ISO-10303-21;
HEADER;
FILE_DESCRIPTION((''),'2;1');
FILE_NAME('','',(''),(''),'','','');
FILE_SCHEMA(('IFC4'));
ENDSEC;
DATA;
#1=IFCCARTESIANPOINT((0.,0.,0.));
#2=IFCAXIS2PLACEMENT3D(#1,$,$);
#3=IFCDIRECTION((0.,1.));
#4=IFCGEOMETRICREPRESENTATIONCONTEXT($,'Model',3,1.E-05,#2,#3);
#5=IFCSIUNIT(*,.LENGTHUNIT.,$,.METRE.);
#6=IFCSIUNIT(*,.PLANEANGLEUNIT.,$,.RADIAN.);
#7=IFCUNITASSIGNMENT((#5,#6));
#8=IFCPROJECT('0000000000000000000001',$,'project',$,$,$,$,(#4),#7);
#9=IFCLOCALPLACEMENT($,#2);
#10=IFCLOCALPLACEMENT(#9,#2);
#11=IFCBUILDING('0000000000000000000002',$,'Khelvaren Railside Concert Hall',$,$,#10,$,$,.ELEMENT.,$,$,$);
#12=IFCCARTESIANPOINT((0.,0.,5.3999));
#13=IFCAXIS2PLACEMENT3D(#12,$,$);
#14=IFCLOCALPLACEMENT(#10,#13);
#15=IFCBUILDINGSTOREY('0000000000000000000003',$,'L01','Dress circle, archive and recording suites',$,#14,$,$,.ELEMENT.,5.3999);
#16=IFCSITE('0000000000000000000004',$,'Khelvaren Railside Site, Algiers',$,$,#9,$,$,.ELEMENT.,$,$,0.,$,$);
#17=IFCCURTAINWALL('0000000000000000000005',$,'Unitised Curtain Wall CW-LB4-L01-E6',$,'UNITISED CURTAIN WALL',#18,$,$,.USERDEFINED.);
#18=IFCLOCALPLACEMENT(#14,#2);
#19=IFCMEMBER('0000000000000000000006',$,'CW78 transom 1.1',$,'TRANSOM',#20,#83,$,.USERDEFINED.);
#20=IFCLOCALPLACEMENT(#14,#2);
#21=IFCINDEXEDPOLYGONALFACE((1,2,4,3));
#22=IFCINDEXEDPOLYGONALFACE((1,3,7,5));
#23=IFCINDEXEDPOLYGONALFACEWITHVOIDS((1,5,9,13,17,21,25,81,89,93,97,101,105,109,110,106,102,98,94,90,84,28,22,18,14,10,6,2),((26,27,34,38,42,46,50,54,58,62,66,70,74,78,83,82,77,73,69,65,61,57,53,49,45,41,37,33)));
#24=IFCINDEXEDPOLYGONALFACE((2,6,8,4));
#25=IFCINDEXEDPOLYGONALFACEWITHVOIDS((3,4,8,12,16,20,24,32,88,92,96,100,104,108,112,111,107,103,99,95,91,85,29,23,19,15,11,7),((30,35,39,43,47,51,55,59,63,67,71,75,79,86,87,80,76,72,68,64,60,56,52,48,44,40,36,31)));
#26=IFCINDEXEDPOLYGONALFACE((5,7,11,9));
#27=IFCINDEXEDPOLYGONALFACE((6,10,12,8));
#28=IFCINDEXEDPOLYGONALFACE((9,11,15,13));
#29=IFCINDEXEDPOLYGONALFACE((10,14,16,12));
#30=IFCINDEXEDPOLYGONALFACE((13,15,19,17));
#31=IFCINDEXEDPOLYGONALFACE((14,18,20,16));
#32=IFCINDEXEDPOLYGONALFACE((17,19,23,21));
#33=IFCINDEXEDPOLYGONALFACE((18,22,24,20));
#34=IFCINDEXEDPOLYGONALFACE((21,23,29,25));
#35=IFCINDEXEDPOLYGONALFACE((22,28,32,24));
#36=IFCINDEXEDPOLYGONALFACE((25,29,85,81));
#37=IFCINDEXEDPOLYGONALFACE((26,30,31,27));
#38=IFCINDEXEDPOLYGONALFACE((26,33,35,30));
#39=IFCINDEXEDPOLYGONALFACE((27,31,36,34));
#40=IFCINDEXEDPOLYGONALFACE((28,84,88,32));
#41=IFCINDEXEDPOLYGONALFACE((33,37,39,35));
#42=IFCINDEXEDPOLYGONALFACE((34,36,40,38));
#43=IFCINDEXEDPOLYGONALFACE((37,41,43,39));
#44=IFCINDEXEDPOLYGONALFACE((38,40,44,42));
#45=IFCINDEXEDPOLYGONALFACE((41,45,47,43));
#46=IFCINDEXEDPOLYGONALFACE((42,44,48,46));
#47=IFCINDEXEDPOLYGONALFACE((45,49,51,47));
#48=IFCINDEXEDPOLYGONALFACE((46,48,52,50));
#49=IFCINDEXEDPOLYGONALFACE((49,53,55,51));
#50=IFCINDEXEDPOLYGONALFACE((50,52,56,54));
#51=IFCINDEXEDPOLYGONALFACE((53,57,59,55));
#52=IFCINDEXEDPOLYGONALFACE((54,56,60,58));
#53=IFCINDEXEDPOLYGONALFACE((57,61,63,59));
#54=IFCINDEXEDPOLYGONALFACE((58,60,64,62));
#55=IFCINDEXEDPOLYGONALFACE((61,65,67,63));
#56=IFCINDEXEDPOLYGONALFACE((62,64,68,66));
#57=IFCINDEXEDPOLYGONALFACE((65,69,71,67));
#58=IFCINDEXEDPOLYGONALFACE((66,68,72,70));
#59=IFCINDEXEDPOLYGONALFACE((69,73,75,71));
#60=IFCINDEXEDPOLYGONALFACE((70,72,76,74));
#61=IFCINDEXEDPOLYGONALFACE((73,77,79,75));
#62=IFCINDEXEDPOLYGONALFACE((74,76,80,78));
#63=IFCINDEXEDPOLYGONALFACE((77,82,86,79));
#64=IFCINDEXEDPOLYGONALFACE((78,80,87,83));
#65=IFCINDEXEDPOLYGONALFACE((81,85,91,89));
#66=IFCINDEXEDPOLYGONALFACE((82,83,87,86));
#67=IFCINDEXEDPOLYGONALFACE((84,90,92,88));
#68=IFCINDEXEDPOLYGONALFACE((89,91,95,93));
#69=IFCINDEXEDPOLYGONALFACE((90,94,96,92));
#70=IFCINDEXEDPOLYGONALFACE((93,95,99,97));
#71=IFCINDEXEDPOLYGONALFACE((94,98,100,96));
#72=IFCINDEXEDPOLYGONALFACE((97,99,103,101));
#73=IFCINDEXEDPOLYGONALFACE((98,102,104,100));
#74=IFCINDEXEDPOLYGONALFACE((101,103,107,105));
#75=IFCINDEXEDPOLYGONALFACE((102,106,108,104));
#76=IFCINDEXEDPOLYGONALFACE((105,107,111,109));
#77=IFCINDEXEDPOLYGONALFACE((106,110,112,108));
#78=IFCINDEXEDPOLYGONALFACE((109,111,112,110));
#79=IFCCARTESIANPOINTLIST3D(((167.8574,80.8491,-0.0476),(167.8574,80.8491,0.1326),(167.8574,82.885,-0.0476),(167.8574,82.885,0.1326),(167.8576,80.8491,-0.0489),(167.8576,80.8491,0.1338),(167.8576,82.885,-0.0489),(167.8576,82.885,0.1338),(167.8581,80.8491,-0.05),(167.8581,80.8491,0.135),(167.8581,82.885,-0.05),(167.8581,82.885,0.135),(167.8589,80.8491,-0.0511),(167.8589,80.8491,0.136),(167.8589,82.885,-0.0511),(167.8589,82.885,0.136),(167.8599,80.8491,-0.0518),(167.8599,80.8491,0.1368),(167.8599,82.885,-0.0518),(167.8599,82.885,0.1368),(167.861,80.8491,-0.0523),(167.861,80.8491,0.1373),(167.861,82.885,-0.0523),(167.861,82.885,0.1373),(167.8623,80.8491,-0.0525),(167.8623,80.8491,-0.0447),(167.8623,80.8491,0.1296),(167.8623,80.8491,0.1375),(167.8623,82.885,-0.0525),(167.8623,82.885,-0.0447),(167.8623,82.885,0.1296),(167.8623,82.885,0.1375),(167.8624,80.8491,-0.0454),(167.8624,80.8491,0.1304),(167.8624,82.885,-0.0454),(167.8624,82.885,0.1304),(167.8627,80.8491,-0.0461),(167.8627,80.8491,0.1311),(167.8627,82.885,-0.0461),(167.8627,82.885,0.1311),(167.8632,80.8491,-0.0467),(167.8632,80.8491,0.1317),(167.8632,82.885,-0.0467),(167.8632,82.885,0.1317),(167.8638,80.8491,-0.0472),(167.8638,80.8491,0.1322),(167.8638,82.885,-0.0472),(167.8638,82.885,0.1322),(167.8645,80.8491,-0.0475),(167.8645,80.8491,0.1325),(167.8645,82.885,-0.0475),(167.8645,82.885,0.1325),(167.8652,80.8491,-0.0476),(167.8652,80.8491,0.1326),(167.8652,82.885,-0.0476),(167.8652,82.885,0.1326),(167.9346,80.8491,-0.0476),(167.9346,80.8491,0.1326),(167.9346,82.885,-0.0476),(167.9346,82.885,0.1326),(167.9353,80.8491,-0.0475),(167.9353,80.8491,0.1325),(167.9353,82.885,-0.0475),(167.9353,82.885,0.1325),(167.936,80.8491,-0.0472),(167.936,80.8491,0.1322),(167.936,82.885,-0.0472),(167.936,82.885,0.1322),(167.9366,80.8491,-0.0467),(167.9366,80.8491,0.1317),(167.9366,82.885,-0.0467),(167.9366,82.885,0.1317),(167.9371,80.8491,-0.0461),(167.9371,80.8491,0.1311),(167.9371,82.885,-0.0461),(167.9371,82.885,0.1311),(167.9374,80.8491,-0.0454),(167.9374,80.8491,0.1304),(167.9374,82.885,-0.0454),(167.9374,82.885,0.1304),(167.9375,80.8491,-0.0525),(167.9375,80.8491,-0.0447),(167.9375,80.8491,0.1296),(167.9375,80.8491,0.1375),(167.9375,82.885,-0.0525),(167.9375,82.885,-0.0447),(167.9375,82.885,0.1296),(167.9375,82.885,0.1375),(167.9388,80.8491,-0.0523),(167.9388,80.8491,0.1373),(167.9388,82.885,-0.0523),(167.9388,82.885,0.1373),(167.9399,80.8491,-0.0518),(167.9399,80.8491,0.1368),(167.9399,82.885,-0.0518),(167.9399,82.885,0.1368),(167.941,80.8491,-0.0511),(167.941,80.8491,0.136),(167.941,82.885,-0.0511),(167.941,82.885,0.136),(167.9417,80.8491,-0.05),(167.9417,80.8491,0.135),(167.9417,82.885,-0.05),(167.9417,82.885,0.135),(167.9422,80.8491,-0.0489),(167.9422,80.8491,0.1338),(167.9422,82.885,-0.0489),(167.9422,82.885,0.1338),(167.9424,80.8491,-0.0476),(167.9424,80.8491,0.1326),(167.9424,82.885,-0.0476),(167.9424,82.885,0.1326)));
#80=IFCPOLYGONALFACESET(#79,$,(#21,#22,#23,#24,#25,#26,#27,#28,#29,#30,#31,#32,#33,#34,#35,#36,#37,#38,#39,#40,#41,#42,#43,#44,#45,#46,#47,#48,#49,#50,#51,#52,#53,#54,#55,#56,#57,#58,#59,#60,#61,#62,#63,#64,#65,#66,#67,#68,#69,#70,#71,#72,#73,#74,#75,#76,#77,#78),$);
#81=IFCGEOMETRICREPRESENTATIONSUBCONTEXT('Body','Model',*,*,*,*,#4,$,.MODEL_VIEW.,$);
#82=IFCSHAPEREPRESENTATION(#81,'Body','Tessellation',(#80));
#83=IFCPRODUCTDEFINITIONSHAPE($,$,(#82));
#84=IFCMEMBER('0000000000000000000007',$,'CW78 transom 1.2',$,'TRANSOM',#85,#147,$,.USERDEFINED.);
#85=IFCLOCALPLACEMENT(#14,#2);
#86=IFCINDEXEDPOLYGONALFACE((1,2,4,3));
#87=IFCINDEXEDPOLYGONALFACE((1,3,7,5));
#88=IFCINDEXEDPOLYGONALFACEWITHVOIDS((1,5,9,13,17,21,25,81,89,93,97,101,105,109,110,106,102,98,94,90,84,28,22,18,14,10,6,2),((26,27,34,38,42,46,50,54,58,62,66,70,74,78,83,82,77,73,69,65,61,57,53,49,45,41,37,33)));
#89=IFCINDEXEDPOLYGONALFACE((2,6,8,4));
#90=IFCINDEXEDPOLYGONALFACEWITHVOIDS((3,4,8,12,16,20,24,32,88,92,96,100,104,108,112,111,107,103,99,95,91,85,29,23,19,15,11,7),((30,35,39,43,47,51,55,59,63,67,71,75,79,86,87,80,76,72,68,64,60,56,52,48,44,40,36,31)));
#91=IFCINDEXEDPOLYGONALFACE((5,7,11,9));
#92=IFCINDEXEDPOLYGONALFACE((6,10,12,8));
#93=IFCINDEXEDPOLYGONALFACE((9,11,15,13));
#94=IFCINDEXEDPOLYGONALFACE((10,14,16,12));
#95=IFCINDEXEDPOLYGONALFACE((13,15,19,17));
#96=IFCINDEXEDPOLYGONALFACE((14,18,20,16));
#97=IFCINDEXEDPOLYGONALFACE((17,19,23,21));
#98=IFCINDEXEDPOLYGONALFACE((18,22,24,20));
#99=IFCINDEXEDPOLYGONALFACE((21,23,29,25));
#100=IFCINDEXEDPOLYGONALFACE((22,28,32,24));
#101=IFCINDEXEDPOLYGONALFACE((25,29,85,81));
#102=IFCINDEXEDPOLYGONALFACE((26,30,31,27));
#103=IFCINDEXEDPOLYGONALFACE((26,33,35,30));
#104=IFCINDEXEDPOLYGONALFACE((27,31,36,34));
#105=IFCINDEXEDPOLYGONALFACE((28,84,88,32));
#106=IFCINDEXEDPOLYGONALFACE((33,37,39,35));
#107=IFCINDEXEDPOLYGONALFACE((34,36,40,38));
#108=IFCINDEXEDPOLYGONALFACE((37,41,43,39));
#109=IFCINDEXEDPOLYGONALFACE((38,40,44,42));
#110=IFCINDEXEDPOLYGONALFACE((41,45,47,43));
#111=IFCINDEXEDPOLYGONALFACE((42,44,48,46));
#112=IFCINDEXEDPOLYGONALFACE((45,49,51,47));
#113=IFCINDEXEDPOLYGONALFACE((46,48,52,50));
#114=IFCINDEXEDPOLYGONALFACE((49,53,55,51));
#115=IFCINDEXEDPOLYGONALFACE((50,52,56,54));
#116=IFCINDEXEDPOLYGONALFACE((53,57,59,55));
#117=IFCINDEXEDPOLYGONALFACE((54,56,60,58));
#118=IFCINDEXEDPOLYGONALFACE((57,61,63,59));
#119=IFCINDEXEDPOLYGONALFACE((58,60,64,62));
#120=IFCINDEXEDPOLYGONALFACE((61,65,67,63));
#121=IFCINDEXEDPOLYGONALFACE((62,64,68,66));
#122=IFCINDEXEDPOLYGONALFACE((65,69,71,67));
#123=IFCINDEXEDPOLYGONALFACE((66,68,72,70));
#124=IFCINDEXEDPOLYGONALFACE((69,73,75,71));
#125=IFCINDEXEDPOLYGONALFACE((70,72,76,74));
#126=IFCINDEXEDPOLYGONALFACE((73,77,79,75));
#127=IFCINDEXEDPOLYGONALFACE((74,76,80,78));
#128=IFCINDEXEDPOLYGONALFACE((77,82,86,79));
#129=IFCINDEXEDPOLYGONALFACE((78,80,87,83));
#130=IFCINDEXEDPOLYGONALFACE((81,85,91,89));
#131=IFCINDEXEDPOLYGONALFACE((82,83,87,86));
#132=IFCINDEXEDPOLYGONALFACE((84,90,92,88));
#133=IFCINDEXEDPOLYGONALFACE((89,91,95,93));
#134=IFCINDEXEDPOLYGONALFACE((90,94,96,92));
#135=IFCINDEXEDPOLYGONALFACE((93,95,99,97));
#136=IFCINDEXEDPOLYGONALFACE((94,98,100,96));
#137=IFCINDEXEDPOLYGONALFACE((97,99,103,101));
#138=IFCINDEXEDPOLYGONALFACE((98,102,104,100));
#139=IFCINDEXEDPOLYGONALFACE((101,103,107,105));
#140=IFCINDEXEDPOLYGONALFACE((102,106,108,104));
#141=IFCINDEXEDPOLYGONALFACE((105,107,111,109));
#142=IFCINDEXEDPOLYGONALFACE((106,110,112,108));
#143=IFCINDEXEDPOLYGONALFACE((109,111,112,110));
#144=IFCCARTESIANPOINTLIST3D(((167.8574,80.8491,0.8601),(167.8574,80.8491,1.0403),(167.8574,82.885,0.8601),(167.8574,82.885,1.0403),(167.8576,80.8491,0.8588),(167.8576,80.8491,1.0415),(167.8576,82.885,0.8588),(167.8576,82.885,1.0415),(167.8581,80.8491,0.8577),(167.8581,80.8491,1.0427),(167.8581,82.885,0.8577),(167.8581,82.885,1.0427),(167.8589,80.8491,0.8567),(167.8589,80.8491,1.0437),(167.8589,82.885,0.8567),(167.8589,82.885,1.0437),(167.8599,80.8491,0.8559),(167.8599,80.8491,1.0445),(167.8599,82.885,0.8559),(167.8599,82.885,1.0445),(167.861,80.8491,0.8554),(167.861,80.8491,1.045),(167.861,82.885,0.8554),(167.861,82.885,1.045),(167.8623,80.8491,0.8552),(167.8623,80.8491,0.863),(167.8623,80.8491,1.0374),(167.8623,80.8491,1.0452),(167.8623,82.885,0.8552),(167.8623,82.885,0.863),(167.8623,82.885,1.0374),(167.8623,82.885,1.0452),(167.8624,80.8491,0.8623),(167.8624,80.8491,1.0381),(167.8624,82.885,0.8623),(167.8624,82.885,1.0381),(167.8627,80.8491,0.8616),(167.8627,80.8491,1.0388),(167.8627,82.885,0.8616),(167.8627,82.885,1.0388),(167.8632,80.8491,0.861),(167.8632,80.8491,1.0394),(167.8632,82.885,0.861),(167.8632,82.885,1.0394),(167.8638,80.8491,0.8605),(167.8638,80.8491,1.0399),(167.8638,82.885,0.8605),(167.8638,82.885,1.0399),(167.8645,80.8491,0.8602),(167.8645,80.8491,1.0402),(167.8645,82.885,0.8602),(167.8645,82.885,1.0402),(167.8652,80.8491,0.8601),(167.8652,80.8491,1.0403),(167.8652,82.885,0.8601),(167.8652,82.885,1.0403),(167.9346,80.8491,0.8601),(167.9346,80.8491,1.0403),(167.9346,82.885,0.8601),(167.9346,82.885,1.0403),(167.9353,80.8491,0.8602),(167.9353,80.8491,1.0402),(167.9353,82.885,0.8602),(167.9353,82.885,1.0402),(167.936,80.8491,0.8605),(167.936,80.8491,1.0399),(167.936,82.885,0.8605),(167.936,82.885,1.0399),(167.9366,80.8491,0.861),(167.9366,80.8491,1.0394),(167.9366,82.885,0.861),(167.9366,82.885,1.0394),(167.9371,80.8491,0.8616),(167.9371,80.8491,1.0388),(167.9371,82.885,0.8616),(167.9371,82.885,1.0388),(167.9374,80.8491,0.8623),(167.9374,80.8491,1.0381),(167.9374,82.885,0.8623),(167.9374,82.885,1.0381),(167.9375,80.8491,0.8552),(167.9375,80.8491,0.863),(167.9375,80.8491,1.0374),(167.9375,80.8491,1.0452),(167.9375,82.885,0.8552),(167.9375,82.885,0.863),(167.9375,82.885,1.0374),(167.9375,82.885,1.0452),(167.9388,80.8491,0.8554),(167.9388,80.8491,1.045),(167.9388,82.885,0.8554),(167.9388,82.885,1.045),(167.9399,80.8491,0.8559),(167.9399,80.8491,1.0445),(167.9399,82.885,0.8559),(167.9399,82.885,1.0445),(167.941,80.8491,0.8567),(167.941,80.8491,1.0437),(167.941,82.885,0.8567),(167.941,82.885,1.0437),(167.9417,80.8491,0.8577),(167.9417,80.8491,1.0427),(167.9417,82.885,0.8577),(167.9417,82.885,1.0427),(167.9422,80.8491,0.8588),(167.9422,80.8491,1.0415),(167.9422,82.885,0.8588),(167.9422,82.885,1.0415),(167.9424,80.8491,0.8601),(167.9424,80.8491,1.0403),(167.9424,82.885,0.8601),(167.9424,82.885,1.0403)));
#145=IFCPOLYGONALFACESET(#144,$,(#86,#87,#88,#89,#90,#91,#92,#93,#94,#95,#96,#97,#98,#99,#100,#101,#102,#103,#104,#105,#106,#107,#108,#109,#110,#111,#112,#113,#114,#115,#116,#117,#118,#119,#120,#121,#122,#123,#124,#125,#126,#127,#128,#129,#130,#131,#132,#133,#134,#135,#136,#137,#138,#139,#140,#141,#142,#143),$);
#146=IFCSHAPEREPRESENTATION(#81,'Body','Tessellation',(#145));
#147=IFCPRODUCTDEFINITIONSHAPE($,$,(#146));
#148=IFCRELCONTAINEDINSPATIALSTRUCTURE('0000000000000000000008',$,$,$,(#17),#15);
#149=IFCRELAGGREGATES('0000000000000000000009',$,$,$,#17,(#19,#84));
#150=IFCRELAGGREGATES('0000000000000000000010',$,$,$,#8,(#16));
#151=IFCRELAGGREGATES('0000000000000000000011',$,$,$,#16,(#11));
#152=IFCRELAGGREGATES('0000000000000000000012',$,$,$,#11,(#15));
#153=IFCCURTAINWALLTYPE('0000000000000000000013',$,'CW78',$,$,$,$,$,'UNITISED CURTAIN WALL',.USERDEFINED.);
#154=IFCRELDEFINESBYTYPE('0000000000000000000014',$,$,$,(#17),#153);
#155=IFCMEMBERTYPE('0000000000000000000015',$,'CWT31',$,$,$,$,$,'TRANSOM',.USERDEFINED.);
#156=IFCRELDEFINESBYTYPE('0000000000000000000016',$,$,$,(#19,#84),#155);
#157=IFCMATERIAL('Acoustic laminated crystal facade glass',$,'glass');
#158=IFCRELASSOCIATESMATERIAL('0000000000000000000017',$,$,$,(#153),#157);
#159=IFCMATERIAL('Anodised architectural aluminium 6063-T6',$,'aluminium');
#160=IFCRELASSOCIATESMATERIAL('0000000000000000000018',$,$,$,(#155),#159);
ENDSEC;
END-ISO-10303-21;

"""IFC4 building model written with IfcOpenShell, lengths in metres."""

from ifc_helpers import new_model, si_unit, direction, frame, origin, origin_2d, place, context, subcontext, project, spatial, hollow_rectangle, extrude, material, material_profile, profile_set, type_object, element, aggregate, save


model = new_model("IFC4")

# Units and contexts
model_context = context("Model", 3, precision=1e-05, world=origin(), true_north=direction((0.0, 1.0)))
body_context = subcontext(model_context, "Body", "Model", "MODEL_VIEW")
ifc_project = project(units=[si_unit("LENGTHUNIT", "METRE"), si_unit("PLANEANGLEUNIT", "RADIAN")], contexts=[model_context])

# Site, building, storey
site_placement = place(None, origin())
site = spatial("IfcSite", under=ifc_project, at=site_placement, Name="Khelvaren Railside Site, Algiers", CompositionType="ELEMENT", RefElevation=0.0)
building_placement = place(site_placement, origin())
building = spatial("IfcBuilding", under=site, at=building_placement, Name="Khelvaren Railside Concert Hall", CompositionType="ELEMENT")
storey_placement = place(building_placement, frame((0.0, 0.0, 5.3999)))
storey = spatial("IfcBuildingStorey", under=building, at=storey_placement, Name="L01", Description="Dress circle, archive and recording suites", CompositionType="ELEMENT", Elevation=5.3999)

# Curtain wall, members
ifc_material_1 = material(Name="Acoustic laminated crystal facade glass", Category="glass")
curtain_wall_type = type_object("IfcCurtainWallType", Name="CW78", ElementType="UNITISED CURTAIN WALL", PredefinedType="USERDEFINED", material=ifc_material_1)
curtain_wall_placement = place(storey_placement, origin())
curtain_wall = element("IfcCurtainWall", 1, at=curtain_wall_placement, inside=storey, type_object=curtain_wall_type, Name="Unitised Curtain Wall CW-LB4-L01-E6", ObjectType="UNITISED CURTAIN WALL", PredefinedType="USERDEFINED")
ifc_material_2 = material(Name="Anodised architectural aluminium 6063-T6", Category="aluminium")
ifc_material_profile_1 = material_profile(ifc_material_2, hollow_rectangle(XDim=0.085, YDim=0.1899, WallThickness=0.0049, InnerFilletRadius=0.0029, OuterFilletRadius=0.0049, at=origin_2d()), Name="CWT 85x190x5")
ifc_profile_set_1 = profile_set([ifc_material_profile_1], Name="Anodised architectural aluminium 6063-T6")
member_type_1 = type_object("IfcMemberType", Name="CWT31", ElementType="TRANSOM", PredefinedType="USERDEFINED", material=ifc_profile_set_1)
member_1_placement = place(storey_placement, frame((167.8999, 82.885, 0.0425), z_axis=(0.0, -1.0, 0.0), x_axis=(1.0, 0.0, 0.0)))
member_1 = element("IfcMember", 2, at=member_1_placement, type_object=member_type_1, Name="CW78 transom 1.1", ObjectType="TRANSOM", PredefinedType="USERDEFINED", context=body_context, shape_type="SweptSolid", body=[
    extrude(hollow_rectangle(XDim=0.085, YDim=0.1899, WallThickness=0.0049, InnerFilletRadius=0.0029, OuterFilletRadius=0.0049, at=origin_2d()), origin(), (0.0, 0.0, 1.0), 2.0359),
])
member_2_placement = place(storey_placement, frame((167.8999, 82.885, 0.9502), z_axis=(0.0, -1.0, 0.0), x_axis=(1.0, 0.0, 0.0)))
member_2 = element("IfcMember", 3, at=member_2_placement, type_object=member_type_1, Name="CW78 transom 1.2", ObjectType="TRANSOM", PredefinedType="USERDEFINED", context=body_context, shape_type="SweptSolid", body=[
    extrude(hollow_rectangle(XDim=0.085, YDim=0.1899, WallThickness=0.0049, InnerFilletRadius=0.0029, OuterFilletRadius=0.0049, at=origin_2d()), origin(), (0.0, 0.0, 1.0), 2.0359),
])
aggregate(curtain_wall, [member_1, member_2])

save(model, "model.ifc")
